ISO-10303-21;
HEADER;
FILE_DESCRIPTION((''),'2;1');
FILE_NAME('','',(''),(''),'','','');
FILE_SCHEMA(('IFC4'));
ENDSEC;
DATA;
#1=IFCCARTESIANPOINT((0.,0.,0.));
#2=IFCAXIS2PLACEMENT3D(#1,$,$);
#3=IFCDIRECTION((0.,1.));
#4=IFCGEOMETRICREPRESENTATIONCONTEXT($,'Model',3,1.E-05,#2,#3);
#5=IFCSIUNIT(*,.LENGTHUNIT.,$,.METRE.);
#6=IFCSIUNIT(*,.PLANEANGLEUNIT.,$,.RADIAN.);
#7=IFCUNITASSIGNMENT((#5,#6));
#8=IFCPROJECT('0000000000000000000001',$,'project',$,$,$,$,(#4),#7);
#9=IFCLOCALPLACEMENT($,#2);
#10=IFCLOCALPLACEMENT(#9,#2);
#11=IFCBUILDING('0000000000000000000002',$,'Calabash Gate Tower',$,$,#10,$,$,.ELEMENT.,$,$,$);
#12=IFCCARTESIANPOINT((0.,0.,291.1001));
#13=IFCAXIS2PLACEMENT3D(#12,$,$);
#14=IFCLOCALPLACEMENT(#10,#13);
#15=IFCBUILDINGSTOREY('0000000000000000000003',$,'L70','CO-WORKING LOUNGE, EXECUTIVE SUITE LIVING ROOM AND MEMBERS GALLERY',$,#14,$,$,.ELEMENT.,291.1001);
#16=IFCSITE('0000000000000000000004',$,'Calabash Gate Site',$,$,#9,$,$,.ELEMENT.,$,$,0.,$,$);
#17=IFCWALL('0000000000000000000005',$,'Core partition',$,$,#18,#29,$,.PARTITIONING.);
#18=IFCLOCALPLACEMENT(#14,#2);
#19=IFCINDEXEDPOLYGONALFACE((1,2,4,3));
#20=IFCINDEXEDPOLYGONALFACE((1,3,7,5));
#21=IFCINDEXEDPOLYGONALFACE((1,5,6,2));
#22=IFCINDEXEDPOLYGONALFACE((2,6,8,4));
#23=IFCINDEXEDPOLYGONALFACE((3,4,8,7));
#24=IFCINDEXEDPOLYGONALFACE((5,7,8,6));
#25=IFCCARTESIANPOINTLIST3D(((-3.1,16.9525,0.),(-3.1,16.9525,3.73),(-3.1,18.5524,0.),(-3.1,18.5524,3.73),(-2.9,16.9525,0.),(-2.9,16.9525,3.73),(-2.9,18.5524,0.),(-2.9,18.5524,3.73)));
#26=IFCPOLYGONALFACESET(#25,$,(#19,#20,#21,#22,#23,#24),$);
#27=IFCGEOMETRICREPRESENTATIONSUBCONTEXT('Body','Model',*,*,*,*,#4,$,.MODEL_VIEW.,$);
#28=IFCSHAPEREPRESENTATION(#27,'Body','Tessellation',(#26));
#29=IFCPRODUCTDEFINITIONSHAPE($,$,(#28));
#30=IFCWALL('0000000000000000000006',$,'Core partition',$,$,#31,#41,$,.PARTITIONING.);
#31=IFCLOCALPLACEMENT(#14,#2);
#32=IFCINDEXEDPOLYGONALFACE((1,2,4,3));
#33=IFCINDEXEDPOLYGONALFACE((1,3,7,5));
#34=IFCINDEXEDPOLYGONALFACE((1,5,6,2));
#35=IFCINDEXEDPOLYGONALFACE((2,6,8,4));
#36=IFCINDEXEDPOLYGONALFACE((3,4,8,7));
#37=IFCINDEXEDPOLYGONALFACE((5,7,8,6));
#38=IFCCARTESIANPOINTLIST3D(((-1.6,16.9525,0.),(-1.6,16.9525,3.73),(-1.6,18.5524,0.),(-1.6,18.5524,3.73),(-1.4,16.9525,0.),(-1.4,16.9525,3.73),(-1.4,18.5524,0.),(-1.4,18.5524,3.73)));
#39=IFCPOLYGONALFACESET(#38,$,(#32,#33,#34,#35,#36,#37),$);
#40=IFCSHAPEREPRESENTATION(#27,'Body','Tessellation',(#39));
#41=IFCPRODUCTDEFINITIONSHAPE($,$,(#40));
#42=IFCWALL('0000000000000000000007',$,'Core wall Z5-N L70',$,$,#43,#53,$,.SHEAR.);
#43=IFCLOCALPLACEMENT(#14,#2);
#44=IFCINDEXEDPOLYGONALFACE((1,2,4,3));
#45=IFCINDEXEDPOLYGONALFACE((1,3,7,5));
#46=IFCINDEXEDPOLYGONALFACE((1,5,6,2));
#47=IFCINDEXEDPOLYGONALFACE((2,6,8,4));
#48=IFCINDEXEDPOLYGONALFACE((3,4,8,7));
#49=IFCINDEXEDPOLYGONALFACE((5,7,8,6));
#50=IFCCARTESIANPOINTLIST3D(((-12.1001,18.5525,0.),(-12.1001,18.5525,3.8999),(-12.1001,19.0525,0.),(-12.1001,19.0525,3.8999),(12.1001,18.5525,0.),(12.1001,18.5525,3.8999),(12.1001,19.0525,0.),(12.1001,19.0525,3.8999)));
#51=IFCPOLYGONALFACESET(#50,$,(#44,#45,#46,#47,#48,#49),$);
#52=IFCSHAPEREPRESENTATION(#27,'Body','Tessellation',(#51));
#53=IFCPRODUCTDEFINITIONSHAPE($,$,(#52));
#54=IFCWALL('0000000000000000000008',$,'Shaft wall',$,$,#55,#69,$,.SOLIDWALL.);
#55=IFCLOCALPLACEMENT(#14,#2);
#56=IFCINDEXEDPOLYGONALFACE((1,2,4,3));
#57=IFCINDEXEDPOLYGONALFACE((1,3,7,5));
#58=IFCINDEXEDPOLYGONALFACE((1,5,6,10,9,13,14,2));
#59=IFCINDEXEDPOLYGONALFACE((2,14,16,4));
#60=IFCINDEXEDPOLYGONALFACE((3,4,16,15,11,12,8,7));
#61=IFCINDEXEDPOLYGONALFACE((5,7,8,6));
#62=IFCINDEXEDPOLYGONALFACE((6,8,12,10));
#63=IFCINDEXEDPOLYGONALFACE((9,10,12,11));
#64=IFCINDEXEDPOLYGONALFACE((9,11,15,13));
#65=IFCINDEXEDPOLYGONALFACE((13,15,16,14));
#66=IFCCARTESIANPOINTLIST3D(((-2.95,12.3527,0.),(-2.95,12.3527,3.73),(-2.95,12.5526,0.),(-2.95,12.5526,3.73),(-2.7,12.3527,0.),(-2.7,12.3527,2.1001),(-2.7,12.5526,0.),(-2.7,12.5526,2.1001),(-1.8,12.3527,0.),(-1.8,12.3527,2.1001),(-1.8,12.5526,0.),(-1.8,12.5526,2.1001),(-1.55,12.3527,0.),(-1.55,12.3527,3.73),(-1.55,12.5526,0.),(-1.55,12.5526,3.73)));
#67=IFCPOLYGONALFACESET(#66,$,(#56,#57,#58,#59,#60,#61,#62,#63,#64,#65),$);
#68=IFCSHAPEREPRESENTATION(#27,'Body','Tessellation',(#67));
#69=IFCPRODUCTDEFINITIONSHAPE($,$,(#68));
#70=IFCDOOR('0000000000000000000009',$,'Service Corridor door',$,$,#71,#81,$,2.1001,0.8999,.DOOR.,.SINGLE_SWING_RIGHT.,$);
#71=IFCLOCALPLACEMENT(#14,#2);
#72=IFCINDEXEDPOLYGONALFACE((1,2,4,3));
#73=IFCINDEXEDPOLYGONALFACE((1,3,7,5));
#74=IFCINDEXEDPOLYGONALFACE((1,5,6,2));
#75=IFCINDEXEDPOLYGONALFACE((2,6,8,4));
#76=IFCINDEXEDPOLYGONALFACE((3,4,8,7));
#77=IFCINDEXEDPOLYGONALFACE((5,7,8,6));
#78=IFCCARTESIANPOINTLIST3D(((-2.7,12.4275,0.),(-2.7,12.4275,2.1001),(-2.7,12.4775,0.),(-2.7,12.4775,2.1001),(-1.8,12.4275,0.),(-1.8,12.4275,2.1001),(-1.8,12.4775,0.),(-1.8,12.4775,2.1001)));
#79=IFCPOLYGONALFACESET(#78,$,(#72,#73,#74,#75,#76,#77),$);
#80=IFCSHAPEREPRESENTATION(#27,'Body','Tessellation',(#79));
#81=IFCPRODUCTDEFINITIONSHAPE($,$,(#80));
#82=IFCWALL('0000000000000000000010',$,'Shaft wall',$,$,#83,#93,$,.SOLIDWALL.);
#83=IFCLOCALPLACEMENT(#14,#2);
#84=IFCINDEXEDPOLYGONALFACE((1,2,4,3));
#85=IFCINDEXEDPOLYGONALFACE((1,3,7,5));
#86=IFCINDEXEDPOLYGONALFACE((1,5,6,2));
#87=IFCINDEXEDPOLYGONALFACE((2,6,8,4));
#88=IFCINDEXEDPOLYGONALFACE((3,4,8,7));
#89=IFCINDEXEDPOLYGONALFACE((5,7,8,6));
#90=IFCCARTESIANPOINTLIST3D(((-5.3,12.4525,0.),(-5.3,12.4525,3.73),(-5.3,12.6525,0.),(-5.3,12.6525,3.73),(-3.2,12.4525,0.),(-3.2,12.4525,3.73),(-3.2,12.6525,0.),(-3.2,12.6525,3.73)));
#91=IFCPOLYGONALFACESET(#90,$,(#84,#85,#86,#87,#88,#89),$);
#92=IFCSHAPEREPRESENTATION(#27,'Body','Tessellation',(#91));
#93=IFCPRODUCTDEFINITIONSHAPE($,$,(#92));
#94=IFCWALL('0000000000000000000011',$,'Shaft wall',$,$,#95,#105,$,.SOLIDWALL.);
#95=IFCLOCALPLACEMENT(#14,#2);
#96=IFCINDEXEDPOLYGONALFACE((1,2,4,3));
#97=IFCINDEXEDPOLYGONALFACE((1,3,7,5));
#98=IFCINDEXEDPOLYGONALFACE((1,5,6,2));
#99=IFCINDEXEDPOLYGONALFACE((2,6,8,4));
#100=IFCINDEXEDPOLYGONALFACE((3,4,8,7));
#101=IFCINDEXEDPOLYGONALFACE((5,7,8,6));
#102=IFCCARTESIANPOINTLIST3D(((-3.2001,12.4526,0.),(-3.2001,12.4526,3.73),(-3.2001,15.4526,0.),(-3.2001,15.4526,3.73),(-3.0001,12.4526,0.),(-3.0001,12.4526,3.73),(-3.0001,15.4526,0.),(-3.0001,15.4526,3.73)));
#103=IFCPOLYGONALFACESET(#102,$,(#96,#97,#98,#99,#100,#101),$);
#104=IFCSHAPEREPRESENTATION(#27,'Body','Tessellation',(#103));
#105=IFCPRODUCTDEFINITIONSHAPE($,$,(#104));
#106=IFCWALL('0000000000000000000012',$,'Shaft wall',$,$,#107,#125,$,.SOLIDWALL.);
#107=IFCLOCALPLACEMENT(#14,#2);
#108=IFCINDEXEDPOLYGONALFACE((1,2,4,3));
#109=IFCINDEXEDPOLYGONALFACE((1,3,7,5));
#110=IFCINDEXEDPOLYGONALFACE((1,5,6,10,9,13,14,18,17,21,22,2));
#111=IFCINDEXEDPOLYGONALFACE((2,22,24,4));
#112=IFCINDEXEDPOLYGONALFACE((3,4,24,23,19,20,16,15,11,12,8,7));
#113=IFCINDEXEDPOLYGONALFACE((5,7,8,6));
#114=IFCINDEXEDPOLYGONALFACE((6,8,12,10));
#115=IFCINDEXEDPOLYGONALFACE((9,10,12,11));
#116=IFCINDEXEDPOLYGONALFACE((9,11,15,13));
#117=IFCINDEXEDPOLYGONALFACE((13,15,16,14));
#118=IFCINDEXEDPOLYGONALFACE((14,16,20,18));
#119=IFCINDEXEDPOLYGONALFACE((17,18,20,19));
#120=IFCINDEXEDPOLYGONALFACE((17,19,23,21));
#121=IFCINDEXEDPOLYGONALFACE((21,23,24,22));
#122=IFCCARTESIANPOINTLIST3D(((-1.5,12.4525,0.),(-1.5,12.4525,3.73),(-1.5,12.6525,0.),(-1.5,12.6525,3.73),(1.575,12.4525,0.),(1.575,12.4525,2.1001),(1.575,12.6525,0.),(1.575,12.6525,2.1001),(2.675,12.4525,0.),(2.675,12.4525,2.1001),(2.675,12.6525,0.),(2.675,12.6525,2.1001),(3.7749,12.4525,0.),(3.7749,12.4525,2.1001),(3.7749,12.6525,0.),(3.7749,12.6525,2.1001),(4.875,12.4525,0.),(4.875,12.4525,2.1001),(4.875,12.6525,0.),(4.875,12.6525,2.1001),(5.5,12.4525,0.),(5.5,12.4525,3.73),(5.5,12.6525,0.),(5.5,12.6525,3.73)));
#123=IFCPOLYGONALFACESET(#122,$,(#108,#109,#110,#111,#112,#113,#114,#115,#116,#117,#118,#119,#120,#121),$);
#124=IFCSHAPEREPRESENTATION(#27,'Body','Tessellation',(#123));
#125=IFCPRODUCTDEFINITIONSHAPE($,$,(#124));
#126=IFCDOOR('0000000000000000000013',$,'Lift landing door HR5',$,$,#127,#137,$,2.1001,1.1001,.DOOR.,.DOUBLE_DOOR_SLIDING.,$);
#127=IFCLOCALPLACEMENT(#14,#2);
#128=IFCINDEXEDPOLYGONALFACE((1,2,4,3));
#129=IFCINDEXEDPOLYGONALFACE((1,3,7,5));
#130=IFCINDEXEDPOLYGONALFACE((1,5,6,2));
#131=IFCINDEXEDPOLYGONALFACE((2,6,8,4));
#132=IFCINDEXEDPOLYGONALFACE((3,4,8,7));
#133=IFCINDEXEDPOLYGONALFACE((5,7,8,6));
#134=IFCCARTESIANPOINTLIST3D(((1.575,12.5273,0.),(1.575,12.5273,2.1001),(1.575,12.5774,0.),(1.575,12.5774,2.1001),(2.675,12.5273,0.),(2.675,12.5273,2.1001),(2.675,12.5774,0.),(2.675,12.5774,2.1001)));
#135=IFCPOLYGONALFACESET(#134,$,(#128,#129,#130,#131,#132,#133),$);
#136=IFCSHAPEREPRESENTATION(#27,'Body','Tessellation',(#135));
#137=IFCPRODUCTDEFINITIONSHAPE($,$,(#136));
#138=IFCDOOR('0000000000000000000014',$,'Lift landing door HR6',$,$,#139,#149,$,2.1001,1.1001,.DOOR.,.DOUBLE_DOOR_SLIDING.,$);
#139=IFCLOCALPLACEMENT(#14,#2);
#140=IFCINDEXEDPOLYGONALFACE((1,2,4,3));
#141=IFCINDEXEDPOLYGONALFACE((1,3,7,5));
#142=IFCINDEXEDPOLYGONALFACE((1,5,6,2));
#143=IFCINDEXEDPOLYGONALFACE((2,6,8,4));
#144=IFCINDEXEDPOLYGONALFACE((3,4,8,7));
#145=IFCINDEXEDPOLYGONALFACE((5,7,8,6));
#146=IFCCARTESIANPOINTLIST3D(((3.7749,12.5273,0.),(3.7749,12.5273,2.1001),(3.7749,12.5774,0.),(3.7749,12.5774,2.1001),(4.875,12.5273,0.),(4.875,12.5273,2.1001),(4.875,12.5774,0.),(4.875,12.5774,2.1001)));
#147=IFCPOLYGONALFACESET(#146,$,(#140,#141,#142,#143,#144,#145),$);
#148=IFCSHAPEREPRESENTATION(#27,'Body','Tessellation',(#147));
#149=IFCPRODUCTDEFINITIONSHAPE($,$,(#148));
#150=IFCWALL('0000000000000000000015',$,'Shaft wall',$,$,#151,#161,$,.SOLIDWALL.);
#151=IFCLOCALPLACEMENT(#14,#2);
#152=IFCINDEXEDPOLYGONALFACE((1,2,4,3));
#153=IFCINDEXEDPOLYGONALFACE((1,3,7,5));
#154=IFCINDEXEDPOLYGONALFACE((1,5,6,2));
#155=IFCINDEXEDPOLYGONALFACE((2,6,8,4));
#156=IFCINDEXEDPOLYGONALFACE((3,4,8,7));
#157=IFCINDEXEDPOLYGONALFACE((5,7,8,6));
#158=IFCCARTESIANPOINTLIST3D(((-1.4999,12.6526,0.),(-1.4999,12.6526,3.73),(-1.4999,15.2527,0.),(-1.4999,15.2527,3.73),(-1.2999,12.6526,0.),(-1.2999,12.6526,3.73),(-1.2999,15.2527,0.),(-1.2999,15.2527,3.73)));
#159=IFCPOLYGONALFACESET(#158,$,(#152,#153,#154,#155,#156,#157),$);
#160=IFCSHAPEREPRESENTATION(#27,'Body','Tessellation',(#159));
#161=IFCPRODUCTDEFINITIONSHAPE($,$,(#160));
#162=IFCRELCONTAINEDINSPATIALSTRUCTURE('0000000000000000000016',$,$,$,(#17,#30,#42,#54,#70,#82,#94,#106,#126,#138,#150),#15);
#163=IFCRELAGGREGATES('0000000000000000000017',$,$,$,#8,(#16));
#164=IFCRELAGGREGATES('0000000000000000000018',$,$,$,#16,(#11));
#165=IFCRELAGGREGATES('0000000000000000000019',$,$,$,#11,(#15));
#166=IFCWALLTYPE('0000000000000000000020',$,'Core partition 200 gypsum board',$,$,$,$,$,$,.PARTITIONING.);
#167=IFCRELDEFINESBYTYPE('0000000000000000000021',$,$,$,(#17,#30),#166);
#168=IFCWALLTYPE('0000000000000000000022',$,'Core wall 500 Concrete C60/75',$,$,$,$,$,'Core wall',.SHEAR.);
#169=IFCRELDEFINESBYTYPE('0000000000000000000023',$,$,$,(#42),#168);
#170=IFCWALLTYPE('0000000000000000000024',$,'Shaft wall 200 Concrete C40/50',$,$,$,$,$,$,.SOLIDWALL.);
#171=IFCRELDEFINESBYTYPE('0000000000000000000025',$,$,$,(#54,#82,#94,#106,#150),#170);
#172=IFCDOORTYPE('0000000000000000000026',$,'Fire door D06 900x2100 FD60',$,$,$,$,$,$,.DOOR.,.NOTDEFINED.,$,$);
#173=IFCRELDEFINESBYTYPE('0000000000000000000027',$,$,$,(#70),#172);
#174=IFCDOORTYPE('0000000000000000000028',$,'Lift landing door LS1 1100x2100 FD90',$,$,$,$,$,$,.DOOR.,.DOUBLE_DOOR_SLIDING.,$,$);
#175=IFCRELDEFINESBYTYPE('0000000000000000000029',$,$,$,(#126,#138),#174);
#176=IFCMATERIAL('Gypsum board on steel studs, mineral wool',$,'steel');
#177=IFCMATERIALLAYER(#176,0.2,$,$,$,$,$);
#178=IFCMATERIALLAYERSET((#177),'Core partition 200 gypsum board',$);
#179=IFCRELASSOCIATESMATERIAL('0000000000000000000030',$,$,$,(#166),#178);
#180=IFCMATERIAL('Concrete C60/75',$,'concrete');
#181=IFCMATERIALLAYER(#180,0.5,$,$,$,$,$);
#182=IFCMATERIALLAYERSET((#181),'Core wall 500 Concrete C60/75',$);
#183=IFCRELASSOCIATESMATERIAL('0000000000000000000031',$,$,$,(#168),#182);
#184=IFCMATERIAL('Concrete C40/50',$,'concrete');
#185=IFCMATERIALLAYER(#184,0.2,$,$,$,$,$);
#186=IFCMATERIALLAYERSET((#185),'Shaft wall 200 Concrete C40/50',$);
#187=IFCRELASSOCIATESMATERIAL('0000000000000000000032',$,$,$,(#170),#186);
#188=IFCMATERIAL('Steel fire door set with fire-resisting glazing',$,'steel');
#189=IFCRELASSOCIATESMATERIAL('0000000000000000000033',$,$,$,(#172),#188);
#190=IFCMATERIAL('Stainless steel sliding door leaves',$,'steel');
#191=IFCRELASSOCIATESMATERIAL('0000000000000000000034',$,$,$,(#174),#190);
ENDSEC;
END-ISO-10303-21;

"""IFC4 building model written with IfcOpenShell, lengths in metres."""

from ifc_helpers import new_model, si_unit, direction, frame, frame_2d, origin, place, context, subcontext, project, spatial, rectangle, extrude, material, layer, layer_set, type_object, element, fill, save


model = new_model("IFC4")

# Units and contexts
model_context = context("Model", 3, precision=1e-05, world=origin(), true_north=direction((0.0, 1.0)))
body_context = subcontext(model_context, "Body", "Model", "MODEL_VIEW")
ifc_project = project(units=[si_unit("LENGTHUNIT", "METRE"), si_unit("PLANEANGLEUNIT", "RADIAN")], contexts=[model_context])

# Site, building, storey
site_placement = place(None, origin())
site = spatial("IfcSite", under=ifc_project, at=site_placement, Name="Calabash Gate Site", CompositionType="ELEMENT", RefElevation=0.0)
building_placement = place(site_placement, origin())
building = spatial("IfcBuilding", under=site, at=building_placement, Name="Calabash Gate Tower", CompositionType="ELEMENT")
storey_placement = place(building_placement, frame((0.0, 0.0, 291.1001)))
storey = spatial("IfcBuildingStorey", under=building, at=storey_placement, Name="L70", Description="CO-WORKING LOUNGE, EXECUTIVE SUITE LIVING ROOM AND MEMBERS GALLERY", CompositionType="ELEMENT", Elevation=291.1001)

# Walls
ifc_material_1 = material(Name="Gypsum board on steel studs, mineral wool", Category="steel")
ifc_layer_1 = layer(ifc_material_1, 0.2)
ifc_layer_set_1 = layer_set([ifc_layer_1], Name="Core partition 200 gypsum board")
wall_type_1 = type_object("IfcWallType", Name="Core partition 200 gypsum board", PredefinedType="PARTITIONING", material=ifc_layer_set_1)
for number, where, z_axis, x_axis, name in (
    (1, (-3.0, 16.9526, 0.0), (0.0, 0.0, 1.0), (0.0, 1.0, 0.0), "Core partition"),
    (2, (-1.5, 16.9526, 0.0), (0.0, 0.0, 1.0), (0.0, 1.0, 0.0), "Core partition"),
):
    element("IfcWall", number, at=place(storey_placement, frame(where, z_axis=z_axis, x_axis=x_axis)), inside=storey, type_object=wall_type_1, Name=name, PredefinedType="PARTITIONING", context=body_context, shape_type="SweptSolid", body=[
        extrude(rectangle(XDim=1.5999, YDim=0.2, at=frame_2d((0.7998, 0.0))), origin(), (0.0, 0.0, 1.0), 3.73),
    ])
ifc_material_2 = material(Name="Concrete C60/75", Category="concrete")
ifc_layer_2 = layer(ifc_material_2, 0.5)
ifc_layer_set_2 = layer_set([ifc_layer_2], Name="Core wall 500 Concrete C60/75")
wall_type_2 = type_object("IfcWallType", Name="Core wall 500 Concrete C60/75", ElementType="Core wall", PredefinedType="SHEAR", material=ifc_layer_set_2)
wall_1_placement = place(storey_placement, frame((-12.1001, 18.8025, 0.0), z_axis=(0.0, 0.0, 1.0), x_axis=(1.0, 0.0, 0.0)))
element("IfcWall", 3, at=wall_1_placement, inside=storey, type_object=wall_type_2, Name="Core wall Z5-N L70", PredefinedType="SHEAR", context=body_context, shape_type="SweptSolid", body=[
    extrude(rectangle(XDim=24.2002, YDim=0.5, at=frame_2d((12.1001, 0.0))), origin(), (0.0, 0.0, 1.0), 3.8999),
])

# Wall, opening, door
ifc_material_3 = material(Name="Concrete C40/50", Category="concrete")
ifc_layer_3 = layer(ifc_material_3, 0.2)
ifc_layer_set_3 = layer_set([ifc_layer_3], Name="Shaft wall 200 Concrete C40/50")
wall_type_3 = type_object("IfcWallType", Name="Shaft wall 200 Concrete C40/50", PredefinedType="SOLIDWALL", material=ifc_layer_set_3)
wall_2_placement = place(storey_placement, frame((-2.95, 12.4526, 0.0), z_axis=(0.0, 0.0, 1.0), x_axis=(1.0, 0.0, 0.0)))
wall_2 = element("IfcWall", 4, at=wall_2_placement, inside=storey, type_object=wall_type_3, Name="Shaft wall", PredefinedType="SOLIDWALL", context=body_context, shape_type="SweptSolid", body=[
    extrude(rectangle(XDim=1.3999, YDim=0.2, at=frame_2d((0.7, 0.0))), origin(), (0.0, 0.0, 1.0), 3.73),
])
opening_1_placement = place(wall_2_placement, frame((0.25, 0.0, 0.0)))
opening_1 = element("IfcOpeningElement", 5, at=opening_1_placement, cuts=wall_2, PredefinedType="OPENING", context=body_context, shape_type="SweptSolid", body=[
    extrude(rectangle(XDim=0.8999, YDim=2.1001, at=frame_2d((0.45, 1.05))), frame((0.0, 0.1099, 0.0), z_axis=(0.0, -1.0, 0.0), x_axis=(1.0, 0.0, 0.0)), (0.0, 0.0, 1.0), 0.22),
])
ifc_material_4 = material(Name="Steel fire door set with fire-resisting glazing", Category="steel")
door_type_1 = type_object("IfcDoorType", Name="Fire door D06 900x2100 FD60", OperationType="NOTDEFINED", PredefinedType="DOOR", material=ifc_material_4)
door_1_placement = place(opening_1_placement, origin())
door_1 = element("IfcDoor", 6, at=door_1_placement, inside=storey, type_object=door_type_1, Name="Service Corridor door", OperationType="SINGLE_SWING_RIGHT", OverallHeight=2.1001, OverallWidth=0.8999, PredefinedType="DOOR", context=body_context, shape_type="SweptSolid", body=[
    extrude(rectangle(XDim=0.8999, YDim=2.1001, at=frame_2d((0.45, 1.05))), frame((0.0, 0.0249, 0.0), z_axis=(0.0, -1.0, 0.0), x_axis=(1.0, 0.0, 0.0)), (0.0, 0.0, 1.0), 0.05),
])
fill(opening_1, door_1)

# Walls
wall_3_placement = place(storey_placement, frame((-5.3, 12.5525, 0.0), z_axis=(0.0, 0.0, 1.0), x_axis=(1.0, 0.0, 0.0)))
element("IfcWall", 7, at=wall_3_placement, inside=storey, type_object=wall_type_3, Name="Shaft wall", PredefinedType="SOLIDWALL", context=body_context, shape_type="SweptSolid", body=[
    extrude(rectangle(XDim=2.1001, YDim=0.2, at=frame_2d((1.05, 0.0))), origin(), (0.0, 0.0, 1.0), 3.73),
])
wall_4_placement = place(storey_placement, frame((-3.1001, 12.4526, 0.0), z_axis=(0.0, 0.0, 1.0), x_axis=(0.0, 1.0, 0.0)))
element("IfcWall", 8, at=wall_4_placement, inside=storey, type_object=wall_type_3, Name="Shaft wall", PredefinedType="SOLIDWALL", context=body_context, shape_type="SweptSolid", body=[
    extrude(rectangle(XDim=3.0, YDim=0.2, at=frame_2d((1.5, 0.0))), origin(), (0.0, 0.0, 1.0), 3.73),
])

# Wall, openings, doors
wall_5_placement = place(storey_placement, frame((-1.5, 12.5525, 0.0), z_axis=(0.0, 0.0, 1.0), x_axis=(1.0, 0.0, 0.0)))
wall_5 = element("IfcWall", 9, at=wall_5_placement, inside=storey, type_object=wall_type_3, Name="Shaft wall", PredefinedType="SOLIDWALL", context=body_context, shape_type="SweptSolid", body=[
    extrude(rectangle(XDim=7.0, YDim=0.2, at=frame_2d((3.5, 0.0))), origin(), (0.0, 0.0, 1.0), 3.73),
])
opening_2_placement = place(wall_5_placement, frame((3.075, 0.0, 0.0)))
opening_2 = element("IfcOpeningElement", 10, at=opening_2_placement, cuts=wall_5, PredefinedType="OPENING", context=body_context, shape_type="SweptSolid", body=[
    extrude(rectangle(XDim=1.1001, YDim=2.1001, at=frame_2d((0.55, 1.05))), frame((0.0, 0.1099, 0.0), z_axis=(0.0, -1.0, 0.0), x_axis=(1.0, 0.0, 0.0)), (0.0, 0.0, 1.0), 0.22),
])
opening_3_placement = place(wall_5_placement, frame((5.2749, 0.0, 0.0)))
opening_3 = element("IfcOpeningElement", 11, at=opening_3_placement, cuts=wall_5, PredefinedType="OPENING", context=body_context, shape_type="SweptSolid", body=[
    extrude(rectangle(XDim=1.1001, YDim=2.1001, at=frame_2d((0.55, 1.05))), frame((0.0, 0.1099, 0.0), z_axis=(0.0, -1.0, 0.0), x_axis=(1.0, 0.0, 0.0)), (0.0, 0.0, 1.0), 0.22),
])
ifc_material_5 = material(Name="Stainless steel sliding door leaves", Category="steel")
door_type_2 = type_object("IfcDoorType", Name="Lift landing door LS1 1100x2100 FD90", OperationType="DOUBLE_DOOR_SLIDING", PredefinedType="DOOR", material=ifc_material_5)
door_2_placement = place(opening_2_placement, origin())
door_2 = element("IfcDoor", 12, at=door_2_placement, inside=storey, type_object=door_type_2, Name="Lift landing door HR5", OperationType="DOUBLE_DOOR_SLIDING", OverallHeight=2.1001, OverallWidth=1.1001, PredefinedType="DOOR", context=body_context, shape_type="SweptSolid", body=[
    extrude(rectangle(XDim=1.1001, YDim=2.1001, at=frame_2d((0.55, 1.05))), frame((0.0, 0.0249, 0.0), z_axis=(0.0, -1.0, 0.0), x_axis=(1.0, 0.0, 0.0)), (0.0, 0.0, 1.0), 0.05),
])
fill(opening_2, door_2)
door_3_placement = place(opening_3_placement, origin())
door_3 = element("IfcDoor", 13, at=door_3_placement, inside=storey, type_object=door_type_2, Name="Lift landing door HR6", OperationType="DOUBLE_DOOR_SLIDING", OverallHeight=2.1001, OverallWidth=1.1001, PredefinedType="DOOR", context=body_context, shape_type="SweptSolid", body=[
    extrude(rectangle(XDim=1.1001, YDim=2.1001, at=frame_2d((0.55, 1.05))), frame((0.0, 0.0249, 0.0), z_axis=(0.0, -1.0, 0.0), x_axis=(1.0, 0.0, 0.0)), (0.0, 0.0, 1.0), 0.05),
])
fill(opening_3, door_3)

# Wall
wall_6_placement = place(storey_placement, frame((-1.3999, 12.6526, 0.0), z_axis=(0.0, 0.0, 1.0), x_axis=(0.0, 1.0, 0.0)))
element("IfcWall", 14, at=wall_6_placement, inside=storey, type_object=wall_type_3, Name="Shaft wall", PredefinedType="SOLIDWALL", context=body_context, shape_type="SweptSolid", body=[
    extrude(rectangle(XDim=2.6001, YDim=0.2, at=frame_2d((1.3, 0.0))), origin(), (0.0, 0.0, 1.0), 3.73),
])

save(model, "model.ifc")
